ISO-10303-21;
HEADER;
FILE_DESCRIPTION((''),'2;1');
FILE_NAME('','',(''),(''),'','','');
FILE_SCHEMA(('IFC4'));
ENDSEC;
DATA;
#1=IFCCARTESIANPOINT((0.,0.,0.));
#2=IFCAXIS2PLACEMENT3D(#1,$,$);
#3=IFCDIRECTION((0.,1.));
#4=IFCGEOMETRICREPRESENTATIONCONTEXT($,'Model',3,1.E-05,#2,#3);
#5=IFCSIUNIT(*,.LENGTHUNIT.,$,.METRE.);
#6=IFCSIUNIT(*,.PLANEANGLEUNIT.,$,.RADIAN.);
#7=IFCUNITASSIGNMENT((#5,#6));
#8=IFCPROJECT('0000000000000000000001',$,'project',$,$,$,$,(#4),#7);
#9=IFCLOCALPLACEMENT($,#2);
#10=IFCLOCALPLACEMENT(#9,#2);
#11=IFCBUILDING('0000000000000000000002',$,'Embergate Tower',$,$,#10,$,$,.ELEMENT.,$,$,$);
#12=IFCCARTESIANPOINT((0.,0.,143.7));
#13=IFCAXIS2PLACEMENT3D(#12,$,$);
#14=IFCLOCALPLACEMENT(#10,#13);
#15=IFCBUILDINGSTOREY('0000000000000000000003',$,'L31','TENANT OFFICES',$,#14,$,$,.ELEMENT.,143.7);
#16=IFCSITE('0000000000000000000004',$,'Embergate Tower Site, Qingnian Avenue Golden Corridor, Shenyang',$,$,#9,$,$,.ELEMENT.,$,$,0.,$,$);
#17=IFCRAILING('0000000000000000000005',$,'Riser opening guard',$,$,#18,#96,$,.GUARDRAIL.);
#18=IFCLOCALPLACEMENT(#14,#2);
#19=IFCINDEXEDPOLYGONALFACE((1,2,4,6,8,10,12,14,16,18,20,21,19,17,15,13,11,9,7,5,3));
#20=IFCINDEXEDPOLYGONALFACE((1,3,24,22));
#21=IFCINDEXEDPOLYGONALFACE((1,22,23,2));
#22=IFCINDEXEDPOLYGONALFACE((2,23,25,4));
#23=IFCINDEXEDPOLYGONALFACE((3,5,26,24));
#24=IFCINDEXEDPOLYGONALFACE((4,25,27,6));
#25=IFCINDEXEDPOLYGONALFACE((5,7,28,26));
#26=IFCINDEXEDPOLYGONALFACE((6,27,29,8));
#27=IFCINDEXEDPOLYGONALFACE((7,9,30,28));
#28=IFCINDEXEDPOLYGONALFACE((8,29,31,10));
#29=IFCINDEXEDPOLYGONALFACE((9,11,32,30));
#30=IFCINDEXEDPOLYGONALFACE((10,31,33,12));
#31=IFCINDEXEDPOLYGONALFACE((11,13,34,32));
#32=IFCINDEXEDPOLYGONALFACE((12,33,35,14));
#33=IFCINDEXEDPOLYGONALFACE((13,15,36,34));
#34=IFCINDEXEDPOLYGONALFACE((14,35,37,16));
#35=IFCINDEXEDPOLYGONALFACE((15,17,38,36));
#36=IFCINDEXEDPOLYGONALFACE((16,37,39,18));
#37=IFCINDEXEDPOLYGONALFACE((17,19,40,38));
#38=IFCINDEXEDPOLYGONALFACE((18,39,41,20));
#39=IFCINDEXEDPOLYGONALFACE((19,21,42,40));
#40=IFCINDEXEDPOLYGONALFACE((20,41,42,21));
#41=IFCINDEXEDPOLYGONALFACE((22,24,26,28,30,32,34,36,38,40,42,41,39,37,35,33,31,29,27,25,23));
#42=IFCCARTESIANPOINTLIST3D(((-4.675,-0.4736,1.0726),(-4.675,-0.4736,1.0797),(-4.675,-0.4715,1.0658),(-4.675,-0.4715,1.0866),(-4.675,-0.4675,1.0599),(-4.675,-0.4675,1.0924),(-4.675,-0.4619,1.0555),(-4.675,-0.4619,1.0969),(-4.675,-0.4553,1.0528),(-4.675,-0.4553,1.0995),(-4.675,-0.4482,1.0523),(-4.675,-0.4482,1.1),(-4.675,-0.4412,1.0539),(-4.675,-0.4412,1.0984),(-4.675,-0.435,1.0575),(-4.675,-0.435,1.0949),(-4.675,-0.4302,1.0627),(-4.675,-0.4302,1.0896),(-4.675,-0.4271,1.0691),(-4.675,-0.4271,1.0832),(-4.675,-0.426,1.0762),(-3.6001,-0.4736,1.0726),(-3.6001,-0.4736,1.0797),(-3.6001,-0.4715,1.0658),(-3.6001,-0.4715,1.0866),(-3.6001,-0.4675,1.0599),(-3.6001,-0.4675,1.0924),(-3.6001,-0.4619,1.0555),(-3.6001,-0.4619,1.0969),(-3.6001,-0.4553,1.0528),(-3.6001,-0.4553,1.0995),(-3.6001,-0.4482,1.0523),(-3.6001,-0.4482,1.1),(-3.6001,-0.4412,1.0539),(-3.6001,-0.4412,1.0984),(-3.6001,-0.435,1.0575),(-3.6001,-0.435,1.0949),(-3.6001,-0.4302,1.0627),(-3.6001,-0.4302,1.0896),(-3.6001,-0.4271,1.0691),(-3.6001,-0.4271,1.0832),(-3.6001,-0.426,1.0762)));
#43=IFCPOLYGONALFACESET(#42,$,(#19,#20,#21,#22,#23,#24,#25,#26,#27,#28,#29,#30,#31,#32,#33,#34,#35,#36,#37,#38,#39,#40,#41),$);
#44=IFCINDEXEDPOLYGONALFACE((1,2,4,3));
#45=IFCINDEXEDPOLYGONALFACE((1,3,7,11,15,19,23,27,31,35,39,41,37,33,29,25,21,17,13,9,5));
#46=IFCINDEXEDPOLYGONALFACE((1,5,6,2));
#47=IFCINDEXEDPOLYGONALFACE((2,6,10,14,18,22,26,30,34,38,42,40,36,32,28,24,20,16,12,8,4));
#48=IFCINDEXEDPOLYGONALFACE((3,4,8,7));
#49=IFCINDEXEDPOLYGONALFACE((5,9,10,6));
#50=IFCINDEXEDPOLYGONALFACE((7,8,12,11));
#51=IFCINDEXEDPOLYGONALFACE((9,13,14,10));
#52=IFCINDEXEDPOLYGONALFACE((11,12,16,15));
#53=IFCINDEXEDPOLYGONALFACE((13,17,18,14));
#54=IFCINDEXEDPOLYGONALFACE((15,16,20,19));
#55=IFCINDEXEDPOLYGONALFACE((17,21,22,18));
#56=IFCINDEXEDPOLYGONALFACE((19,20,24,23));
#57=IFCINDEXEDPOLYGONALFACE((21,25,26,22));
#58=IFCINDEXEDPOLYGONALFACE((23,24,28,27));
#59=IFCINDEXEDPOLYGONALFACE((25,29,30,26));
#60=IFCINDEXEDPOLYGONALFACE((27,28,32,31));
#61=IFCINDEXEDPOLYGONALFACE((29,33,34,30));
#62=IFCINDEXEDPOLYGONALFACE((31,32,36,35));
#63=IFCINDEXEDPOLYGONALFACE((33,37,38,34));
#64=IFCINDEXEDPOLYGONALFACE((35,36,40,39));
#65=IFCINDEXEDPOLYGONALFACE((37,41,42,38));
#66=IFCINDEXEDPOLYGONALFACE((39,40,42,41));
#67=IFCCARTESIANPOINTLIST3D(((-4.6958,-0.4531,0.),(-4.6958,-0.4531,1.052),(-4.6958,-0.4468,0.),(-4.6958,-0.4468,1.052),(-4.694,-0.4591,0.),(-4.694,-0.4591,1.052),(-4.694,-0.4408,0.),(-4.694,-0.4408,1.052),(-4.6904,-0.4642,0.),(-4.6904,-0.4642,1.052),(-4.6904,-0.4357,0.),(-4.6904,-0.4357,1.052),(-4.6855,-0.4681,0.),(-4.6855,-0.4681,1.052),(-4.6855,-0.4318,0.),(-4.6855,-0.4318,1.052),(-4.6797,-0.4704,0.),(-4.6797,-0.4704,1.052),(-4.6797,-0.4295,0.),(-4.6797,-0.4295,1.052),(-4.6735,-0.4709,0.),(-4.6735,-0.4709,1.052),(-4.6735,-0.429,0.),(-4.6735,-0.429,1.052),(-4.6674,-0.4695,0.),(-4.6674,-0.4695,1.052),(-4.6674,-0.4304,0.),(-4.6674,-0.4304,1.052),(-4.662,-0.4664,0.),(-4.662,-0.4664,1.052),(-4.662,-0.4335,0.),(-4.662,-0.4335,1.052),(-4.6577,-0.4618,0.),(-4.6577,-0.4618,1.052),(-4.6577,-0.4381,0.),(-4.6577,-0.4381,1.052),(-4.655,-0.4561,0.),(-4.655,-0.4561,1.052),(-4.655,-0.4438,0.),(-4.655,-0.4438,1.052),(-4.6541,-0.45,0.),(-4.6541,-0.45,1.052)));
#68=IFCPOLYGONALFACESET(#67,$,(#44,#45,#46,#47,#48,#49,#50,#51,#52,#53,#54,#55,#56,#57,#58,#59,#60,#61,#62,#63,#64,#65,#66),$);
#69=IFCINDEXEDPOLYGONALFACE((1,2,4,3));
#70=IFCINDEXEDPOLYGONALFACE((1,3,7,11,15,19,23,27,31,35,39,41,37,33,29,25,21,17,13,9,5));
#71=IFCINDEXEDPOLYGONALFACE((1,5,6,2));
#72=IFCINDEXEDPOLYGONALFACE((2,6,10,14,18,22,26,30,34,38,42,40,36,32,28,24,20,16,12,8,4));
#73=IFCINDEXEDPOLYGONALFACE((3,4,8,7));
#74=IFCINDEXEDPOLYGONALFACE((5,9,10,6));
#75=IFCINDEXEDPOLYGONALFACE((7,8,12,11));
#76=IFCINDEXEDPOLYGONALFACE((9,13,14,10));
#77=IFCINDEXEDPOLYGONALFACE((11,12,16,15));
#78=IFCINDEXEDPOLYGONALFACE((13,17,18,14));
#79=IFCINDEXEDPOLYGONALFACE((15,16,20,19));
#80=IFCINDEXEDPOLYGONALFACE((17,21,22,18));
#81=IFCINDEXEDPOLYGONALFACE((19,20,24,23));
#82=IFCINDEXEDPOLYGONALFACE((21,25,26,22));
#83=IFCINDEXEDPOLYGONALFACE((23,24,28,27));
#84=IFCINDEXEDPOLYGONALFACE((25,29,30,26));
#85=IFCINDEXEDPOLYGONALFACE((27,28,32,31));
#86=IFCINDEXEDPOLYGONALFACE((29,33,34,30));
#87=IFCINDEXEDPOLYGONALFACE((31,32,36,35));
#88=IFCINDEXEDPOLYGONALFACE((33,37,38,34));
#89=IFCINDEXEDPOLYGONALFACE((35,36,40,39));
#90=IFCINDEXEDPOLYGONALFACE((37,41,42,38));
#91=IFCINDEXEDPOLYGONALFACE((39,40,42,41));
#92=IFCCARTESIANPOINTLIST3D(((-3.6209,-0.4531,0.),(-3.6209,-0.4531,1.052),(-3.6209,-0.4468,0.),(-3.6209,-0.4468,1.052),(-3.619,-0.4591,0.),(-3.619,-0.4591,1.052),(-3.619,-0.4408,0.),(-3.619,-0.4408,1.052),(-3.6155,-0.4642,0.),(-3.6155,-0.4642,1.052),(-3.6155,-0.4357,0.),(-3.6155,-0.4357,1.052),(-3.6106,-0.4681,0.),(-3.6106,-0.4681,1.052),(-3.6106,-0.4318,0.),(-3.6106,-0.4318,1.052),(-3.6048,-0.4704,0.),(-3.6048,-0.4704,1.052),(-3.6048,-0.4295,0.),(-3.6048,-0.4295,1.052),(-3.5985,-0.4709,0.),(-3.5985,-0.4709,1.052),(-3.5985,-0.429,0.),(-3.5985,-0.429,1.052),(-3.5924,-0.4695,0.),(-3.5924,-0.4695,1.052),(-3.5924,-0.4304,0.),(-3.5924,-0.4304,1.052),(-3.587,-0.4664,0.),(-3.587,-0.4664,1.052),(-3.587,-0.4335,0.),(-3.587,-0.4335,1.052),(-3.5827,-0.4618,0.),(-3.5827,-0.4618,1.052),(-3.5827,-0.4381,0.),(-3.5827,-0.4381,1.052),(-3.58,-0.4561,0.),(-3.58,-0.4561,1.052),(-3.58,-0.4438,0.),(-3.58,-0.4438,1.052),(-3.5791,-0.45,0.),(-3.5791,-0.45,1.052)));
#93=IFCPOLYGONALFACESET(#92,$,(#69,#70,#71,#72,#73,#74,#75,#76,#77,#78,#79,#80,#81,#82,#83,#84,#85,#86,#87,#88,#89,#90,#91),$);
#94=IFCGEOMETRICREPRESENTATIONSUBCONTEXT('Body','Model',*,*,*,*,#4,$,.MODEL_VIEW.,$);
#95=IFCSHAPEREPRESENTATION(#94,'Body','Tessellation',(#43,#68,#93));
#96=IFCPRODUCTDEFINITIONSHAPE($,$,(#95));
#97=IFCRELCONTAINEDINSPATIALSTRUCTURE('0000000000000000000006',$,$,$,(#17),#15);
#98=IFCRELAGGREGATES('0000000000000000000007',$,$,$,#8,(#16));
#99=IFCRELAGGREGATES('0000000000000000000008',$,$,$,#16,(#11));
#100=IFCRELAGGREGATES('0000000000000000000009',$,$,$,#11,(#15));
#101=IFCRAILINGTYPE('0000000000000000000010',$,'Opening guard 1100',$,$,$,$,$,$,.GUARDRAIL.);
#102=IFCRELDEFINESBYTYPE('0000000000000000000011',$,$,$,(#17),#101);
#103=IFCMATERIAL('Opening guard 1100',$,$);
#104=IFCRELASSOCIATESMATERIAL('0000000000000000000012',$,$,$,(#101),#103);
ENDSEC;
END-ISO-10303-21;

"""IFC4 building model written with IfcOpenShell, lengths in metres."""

from ifc_helpers import new_model, si_unit, direction, frame, origin, origin_2d, place, context, subcontext, project, spatial, circle, extrude, source, transform, mapped, material, type_object, element, save


model = new_model("IFC4")

# Units and contexts
model_context = context("Model", 3, precision=1e-05, world=origin(), true_north=direction((0.0, 1.0)))
body_context = subcontext(model_context, "Body", "Model", "MODEL_VIEW")
ifc_project = project(units=[si_unit("LENGTHUNIT", "METRE"), si_unit("PLANEANGLEUNIT", "RADIAN")], contexts=[model_context])

# Site, building, storey
site_placement = place(None, origin())
site = spatial("IfcSite", under=ifc_project, at=site_placement, Name="Embergate Tower Site, Qingnian Avenue Golden Corridor, Shenyang", CompositionType="ELEMENT", RefElevation=0.0)
building_placement = place(site_placement, origin())
building = spatial("IfcBuilding", under=site, at=building_placement, Name="Embergate Tower", CompositionType="ELEMENT")
storey_placement = place(building_placement, frame((0.0, 0.0, 143.7)))
storey = spatial("IfcBuildingStorey", under=building, at=storey_placement, Name="L31", Description="TENANT OFFICES", CompositionType="ELEMENT", Elevation=143.7)

# Railing
ifc_material_1 = material(Name="Opening guard 1100")
railing_type_1 = type_object("IfcRailingType", Name="Opening guard 1100", PredefinedType="GUARDRAIL", material=ifc_material_1)
shared_shape_1 = source(origin(), body_context, "Body", "SweptSolid", [
    extrude(circle(Radius=0.0239, at=origin_2d()), frame((0.0, 0.0, 1.0762), z_axis=(1.0, 0.0, 0.0), x_axis=(0.0, 1.0, 0.0)), (0.0, 0.0, 1.0), 1.075),
    extrude(circle(Radius=0.021, at=origin_2d()), origin(), (0.0, 0.0, 1.0), 1.052),
    extrude(circle(Radius=0.021, at=origin_2d()), frame((1.075, 0.0, 0.0)), (0.0, 0.0, 1.0), 1.052),
])
railing_1_placement = place(storey_placement, frame((-4.675, -0.45, 0.0)))
element("IfcRailing", 1, at=railing_1_placement, inside=storey, type_object=railing_type_1, Name="Riser opening guard", PredefinedType="GUARDRAIL", context=body_context, shape_type="MappedRepresentation", body=[
    mapped(shared_shape_1, transform((0.0, 0.0, 0.0))),
])

save(model, "model.ifc")
